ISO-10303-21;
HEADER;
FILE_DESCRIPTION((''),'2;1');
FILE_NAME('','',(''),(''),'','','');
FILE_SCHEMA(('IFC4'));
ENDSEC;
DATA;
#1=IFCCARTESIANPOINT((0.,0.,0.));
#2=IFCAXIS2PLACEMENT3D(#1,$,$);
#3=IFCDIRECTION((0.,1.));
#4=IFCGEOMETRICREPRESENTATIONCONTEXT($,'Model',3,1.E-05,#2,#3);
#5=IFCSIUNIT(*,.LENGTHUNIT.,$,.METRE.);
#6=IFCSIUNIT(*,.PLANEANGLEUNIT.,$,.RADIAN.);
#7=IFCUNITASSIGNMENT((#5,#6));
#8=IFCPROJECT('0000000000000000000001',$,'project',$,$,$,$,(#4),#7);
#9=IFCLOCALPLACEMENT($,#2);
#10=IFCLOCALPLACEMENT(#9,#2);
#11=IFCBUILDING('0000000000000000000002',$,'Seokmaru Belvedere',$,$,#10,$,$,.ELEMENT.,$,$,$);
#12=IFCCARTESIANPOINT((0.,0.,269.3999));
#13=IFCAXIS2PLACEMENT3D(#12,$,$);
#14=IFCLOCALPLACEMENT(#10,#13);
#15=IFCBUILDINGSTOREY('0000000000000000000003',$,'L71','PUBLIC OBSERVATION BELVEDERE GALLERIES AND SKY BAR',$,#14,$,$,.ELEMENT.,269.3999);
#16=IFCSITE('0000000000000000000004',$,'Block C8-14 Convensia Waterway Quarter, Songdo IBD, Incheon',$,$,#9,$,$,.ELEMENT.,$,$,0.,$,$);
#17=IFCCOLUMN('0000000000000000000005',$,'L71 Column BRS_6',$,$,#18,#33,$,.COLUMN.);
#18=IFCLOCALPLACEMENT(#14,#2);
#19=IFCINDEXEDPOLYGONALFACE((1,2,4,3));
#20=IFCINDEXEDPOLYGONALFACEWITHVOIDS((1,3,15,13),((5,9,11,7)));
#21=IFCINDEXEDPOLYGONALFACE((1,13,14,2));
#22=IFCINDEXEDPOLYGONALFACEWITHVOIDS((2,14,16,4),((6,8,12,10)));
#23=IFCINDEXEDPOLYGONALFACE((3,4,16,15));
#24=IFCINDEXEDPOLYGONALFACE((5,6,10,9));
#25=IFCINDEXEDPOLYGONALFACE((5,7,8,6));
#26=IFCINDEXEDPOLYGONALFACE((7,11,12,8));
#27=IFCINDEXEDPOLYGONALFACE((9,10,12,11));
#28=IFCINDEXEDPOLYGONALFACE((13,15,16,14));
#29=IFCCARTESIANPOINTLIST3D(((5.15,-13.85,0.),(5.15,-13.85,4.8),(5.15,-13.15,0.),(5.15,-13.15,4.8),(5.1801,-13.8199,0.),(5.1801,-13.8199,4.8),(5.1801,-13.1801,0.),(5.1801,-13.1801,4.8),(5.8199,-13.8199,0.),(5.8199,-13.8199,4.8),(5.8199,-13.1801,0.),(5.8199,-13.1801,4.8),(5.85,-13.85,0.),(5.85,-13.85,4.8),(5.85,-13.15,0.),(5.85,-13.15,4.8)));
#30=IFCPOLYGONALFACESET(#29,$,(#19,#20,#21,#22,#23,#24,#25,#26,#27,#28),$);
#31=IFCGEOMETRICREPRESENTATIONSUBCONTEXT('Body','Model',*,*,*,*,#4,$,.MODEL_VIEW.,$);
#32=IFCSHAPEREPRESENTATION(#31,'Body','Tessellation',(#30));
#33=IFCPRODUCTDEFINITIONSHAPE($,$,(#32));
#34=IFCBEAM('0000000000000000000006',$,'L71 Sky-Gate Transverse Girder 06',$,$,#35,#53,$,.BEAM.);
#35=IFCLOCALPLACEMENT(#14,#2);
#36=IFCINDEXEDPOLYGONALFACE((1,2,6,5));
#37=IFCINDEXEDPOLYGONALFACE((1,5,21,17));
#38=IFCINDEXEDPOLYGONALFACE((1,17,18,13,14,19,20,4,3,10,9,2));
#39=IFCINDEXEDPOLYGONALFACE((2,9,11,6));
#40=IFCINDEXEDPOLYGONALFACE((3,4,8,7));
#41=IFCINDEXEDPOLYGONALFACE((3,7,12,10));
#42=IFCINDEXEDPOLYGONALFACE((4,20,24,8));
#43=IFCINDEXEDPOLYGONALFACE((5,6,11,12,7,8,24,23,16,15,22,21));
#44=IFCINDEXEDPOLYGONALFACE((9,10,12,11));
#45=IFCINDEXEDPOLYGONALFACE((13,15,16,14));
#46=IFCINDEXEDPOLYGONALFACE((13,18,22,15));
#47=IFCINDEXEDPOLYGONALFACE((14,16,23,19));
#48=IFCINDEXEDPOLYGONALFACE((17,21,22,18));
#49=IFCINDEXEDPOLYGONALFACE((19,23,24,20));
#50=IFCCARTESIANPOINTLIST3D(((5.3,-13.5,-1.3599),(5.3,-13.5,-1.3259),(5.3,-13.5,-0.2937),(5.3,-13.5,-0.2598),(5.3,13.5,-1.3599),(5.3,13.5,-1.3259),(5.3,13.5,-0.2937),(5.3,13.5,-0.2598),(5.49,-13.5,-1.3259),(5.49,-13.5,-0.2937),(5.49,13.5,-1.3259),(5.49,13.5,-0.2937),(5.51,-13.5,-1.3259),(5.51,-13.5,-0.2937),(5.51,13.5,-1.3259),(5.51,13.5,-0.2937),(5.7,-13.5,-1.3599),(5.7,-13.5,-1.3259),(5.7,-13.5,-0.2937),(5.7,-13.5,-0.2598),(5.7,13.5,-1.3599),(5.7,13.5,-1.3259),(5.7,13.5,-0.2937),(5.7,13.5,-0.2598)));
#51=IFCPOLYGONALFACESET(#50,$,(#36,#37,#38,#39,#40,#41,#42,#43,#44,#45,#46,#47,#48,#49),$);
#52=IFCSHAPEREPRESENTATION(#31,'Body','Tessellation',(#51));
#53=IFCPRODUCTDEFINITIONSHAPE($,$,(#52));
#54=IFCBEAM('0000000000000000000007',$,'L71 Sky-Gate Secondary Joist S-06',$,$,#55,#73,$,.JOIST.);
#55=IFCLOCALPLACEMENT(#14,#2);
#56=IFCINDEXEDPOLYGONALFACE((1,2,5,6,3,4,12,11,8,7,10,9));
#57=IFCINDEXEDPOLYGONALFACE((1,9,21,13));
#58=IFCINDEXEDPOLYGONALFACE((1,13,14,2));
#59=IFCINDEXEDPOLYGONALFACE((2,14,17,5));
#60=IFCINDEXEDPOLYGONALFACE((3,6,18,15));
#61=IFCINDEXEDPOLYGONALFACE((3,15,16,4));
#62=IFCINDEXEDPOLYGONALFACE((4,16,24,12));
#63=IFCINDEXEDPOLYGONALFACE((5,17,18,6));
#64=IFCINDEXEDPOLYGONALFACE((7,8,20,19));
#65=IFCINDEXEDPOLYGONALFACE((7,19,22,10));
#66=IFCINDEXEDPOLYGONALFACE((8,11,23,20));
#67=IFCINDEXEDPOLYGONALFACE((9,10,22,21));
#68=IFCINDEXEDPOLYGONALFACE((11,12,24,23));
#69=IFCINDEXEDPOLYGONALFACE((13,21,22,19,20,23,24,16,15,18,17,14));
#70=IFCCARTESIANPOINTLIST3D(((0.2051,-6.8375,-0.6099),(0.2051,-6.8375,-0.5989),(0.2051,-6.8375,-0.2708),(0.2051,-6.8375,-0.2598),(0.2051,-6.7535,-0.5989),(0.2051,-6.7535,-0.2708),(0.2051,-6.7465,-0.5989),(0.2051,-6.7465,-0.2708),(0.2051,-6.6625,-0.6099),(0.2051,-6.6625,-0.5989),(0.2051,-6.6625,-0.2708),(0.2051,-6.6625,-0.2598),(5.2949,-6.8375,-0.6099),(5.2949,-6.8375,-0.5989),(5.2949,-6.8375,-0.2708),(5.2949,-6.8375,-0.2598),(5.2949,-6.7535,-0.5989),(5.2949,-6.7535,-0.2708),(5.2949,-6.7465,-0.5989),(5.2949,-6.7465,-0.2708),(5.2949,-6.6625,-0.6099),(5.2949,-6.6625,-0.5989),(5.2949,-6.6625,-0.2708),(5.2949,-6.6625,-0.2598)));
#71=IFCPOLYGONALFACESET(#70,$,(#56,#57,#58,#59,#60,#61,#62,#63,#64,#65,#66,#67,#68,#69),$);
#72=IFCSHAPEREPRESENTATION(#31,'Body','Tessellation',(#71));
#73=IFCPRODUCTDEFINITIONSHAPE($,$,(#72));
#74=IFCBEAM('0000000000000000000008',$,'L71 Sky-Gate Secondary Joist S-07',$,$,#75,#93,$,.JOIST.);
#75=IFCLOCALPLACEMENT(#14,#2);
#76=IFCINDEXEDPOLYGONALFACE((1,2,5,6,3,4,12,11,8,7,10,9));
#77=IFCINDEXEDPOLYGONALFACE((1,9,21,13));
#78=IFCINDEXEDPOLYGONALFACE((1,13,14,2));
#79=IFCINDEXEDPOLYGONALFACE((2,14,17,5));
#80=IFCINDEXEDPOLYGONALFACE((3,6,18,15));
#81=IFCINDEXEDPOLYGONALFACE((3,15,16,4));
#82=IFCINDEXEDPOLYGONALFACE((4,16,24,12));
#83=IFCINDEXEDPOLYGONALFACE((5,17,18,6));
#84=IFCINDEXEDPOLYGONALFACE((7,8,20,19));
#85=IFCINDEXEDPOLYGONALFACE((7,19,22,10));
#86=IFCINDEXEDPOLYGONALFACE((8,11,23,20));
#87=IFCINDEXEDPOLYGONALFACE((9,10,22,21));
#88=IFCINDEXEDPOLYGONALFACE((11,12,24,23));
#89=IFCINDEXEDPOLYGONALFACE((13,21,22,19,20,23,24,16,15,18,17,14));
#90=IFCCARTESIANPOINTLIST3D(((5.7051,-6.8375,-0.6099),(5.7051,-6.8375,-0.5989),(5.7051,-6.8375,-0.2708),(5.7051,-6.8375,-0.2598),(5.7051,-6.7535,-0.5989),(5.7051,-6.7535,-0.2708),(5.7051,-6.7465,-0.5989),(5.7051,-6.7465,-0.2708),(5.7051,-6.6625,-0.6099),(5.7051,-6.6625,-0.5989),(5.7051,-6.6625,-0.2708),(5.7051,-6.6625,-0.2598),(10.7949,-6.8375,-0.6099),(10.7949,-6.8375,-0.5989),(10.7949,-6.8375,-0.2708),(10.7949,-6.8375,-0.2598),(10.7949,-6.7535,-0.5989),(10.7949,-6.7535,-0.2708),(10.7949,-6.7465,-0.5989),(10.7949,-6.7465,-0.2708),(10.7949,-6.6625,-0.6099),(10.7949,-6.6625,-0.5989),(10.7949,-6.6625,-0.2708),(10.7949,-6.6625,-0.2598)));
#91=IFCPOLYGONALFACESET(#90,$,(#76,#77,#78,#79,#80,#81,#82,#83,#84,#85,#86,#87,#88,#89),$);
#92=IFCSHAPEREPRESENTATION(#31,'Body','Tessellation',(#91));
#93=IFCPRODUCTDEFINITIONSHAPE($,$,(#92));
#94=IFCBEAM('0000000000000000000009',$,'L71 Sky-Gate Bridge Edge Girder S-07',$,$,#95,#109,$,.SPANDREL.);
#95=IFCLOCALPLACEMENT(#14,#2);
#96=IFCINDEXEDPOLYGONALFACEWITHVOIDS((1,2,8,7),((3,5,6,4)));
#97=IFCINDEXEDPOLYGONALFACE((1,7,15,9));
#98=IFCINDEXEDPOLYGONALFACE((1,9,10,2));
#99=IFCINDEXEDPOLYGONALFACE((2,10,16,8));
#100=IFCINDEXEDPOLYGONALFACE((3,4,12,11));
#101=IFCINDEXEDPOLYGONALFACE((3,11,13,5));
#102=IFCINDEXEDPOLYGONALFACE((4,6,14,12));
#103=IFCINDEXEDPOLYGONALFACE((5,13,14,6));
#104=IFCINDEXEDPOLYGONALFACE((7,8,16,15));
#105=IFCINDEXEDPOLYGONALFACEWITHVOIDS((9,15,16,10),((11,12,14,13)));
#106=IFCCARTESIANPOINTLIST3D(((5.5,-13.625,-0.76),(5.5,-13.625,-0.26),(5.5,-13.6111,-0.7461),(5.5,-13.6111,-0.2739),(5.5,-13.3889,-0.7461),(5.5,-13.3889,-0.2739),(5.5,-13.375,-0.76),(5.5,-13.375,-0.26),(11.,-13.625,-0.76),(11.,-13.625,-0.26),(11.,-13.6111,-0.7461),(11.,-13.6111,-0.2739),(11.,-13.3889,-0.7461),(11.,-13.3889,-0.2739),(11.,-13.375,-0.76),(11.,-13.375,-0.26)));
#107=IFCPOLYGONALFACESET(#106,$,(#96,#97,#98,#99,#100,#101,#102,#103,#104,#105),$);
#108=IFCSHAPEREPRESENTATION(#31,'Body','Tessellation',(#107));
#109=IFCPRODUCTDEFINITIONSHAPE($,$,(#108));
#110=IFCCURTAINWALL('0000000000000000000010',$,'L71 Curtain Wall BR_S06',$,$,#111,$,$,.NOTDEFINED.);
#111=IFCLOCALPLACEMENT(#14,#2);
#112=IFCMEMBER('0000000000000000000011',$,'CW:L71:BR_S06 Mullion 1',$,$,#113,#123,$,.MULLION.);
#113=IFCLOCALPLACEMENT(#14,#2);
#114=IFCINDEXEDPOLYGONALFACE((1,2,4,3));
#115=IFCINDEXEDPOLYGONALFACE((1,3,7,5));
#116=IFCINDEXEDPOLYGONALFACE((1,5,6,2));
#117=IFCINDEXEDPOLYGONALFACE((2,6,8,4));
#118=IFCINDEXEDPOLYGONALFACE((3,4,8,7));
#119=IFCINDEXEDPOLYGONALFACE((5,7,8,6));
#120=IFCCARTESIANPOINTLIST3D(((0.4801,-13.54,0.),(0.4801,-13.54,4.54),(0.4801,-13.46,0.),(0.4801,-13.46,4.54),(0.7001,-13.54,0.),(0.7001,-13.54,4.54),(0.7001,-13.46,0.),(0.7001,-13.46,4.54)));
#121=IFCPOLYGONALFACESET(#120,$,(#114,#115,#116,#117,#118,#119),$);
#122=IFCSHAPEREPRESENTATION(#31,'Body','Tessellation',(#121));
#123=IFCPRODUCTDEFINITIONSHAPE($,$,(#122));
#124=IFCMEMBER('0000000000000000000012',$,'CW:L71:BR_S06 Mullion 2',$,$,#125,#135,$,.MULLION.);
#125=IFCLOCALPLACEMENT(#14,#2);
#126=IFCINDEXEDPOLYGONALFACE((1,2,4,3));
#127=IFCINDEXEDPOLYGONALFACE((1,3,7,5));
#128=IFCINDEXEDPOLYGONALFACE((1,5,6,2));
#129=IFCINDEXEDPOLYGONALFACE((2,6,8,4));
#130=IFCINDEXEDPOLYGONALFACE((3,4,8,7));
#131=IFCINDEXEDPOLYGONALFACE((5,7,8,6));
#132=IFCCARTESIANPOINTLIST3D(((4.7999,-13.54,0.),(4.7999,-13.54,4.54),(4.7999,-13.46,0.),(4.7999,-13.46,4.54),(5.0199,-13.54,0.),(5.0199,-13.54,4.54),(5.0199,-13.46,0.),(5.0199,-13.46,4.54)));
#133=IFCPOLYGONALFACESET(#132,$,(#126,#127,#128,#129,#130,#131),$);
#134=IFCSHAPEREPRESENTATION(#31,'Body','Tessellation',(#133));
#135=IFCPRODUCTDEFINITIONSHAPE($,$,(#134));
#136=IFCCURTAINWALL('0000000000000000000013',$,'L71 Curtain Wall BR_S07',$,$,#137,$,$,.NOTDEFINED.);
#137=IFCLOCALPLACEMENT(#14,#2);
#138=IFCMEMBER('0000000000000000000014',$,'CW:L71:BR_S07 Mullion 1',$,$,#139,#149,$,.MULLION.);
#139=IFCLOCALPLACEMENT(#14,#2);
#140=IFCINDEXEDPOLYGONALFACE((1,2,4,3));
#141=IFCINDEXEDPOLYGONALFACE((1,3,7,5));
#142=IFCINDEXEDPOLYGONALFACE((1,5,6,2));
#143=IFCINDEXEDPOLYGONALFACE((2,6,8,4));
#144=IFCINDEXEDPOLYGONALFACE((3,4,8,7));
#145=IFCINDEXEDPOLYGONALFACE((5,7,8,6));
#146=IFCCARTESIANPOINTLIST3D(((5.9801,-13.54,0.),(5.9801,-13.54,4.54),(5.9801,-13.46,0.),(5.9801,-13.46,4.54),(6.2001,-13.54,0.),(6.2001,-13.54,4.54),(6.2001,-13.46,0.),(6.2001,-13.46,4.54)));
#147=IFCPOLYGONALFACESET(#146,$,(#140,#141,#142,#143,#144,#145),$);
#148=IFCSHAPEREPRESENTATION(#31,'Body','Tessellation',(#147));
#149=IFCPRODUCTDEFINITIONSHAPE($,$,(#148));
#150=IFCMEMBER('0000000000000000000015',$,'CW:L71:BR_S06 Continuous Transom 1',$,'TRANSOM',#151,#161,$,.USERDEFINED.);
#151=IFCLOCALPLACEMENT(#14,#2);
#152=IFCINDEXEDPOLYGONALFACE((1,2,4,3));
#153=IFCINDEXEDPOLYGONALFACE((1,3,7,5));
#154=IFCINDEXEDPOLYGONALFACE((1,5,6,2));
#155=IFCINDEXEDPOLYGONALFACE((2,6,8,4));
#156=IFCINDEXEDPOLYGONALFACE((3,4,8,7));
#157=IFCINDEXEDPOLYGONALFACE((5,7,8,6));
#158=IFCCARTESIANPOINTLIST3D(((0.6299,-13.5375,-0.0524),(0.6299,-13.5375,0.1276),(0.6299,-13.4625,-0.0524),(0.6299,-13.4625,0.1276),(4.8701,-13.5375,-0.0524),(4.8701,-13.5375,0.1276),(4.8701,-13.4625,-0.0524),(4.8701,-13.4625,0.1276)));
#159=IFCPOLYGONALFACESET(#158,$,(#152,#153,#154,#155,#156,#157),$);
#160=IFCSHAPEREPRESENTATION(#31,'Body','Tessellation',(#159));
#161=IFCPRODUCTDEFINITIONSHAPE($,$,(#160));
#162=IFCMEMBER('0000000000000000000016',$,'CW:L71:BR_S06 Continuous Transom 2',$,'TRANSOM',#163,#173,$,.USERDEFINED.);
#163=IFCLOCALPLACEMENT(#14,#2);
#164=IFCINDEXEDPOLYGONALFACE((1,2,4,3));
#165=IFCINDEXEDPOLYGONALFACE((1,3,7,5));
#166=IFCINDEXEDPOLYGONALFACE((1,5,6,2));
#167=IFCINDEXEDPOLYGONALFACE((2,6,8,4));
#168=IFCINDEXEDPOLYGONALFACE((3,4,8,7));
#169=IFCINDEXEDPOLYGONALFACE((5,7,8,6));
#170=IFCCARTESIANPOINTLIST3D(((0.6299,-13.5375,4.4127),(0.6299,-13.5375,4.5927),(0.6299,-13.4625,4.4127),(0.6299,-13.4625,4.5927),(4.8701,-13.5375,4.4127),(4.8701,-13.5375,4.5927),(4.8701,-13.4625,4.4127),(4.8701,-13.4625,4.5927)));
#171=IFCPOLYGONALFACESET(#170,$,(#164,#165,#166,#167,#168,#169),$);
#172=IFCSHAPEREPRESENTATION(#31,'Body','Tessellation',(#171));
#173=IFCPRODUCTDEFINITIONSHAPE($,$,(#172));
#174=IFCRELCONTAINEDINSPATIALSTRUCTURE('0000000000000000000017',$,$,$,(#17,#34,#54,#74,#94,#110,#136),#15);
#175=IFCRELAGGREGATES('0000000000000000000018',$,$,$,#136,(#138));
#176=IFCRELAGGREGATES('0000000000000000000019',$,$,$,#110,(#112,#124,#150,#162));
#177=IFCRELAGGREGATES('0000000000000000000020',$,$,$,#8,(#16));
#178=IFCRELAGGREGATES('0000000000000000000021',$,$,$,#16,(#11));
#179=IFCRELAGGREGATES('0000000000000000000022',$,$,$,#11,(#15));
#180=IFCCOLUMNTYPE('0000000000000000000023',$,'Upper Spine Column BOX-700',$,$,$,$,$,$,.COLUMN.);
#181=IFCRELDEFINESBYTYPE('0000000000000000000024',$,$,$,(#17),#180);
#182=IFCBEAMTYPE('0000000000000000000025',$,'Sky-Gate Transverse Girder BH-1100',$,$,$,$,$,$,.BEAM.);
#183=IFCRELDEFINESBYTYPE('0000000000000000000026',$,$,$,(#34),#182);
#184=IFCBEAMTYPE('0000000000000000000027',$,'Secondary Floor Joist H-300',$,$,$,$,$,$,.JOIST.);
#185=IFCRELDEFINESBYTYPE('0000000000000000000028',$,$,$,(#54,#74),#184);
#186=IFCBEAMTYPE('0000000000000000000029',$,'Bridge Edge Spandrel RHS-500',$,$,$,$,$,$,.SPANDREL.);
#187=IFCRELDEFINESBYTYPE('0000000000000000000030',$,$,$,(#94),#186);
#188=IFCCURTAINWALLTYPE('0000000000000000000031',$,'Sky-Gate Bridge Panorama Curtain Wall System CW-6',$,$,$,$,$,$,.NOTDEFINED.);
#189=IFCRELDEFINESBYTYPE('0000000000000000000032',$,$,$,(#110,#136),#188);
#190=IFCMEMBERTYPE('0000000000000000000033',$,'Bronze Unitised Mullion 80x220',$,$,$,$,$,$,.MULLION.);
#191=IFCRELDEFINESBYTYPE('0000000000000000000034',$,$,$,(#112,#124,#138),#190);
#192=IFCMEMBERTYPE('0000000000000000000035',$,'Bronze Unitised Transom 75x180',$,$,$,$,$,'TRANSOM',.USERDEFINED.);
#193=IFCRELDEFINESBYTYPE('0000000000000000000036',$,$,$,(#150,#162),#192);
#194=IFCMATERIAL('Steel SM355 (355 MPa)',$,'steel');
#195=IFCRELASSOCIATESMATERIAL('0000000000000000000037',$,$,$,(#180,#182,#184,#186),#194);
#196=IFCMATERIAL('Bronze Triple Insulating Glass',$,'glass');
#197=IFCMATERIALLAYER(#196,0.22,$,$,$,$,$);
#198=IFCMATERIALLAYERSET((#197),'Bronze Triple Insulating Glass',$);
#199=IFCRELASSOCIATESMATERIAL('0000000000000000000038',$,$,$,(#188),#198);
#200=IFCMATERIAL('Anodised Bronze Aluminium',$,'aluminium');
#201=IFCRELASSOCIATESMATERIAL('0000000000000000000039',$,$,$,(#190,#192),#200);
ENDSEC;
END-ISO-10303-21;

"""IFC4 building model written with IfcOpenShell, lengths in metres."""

from ifc_helpers import new_model, si_unit, direction, frame, origin, origin_2d, place, context, subcontext, project, spatial, rectangle, hollow_rectangle, i_section, extrude, source, transform, mapped, material, layer, layer_set, material_profile, profile_set, type_object, type_shapes, element, aggregate, save


model = new_model("IFC4")

# Units and contexts
model_context = context("Model", 3, precision=1e-05, world=origin(), true_north=direction((0.0, 1.0)))
body_context = subcontext(model_context, "Body", "Model", "MODEL_VIEW")
ifc_project = project(units=[si_unit("LENGTHUNIT", "METRE"), si_unit("PLANEANGLEUNIT", "RADIAN")], contexts=[model_context])

# Site, building, storey
site_placement = place(None, origin())
site = spatial("IfcSite", under=ifc_project, at=site_placement, Name="Block C8-14 Convensia Waterway Quarter, Songdo IBD, Incheon", CompositionType="ELEMENT", RefElevation=0.0)
building_placement = place(site_placement, origin())
building = spatial("IfcBuilding", under=site, at=building_placement, Name="Seokmaru Belvedere", CompositionType="ELEMENT")
storey_placement = place(building_placement, frame((0.0, 0.0, 269.3999)))
storey = spatial("IfcBuildingStorey", under=building, at=storey_placement, Name="L71", Description="PUBLIC OBSERVATION BELVEDERE GALLERIES AND SKY BAR", CompositionType="ELEMENT", Elevation=269.3999)

# Column
ifc_material_1 = material(Name="Steel SM355 (355 MPa)", Category="steel")
ifc_material_profile_1 = material_profile(ifc_material_1, hollow_rectangle(XDim=0.7, YDim=0.7, WallThickness=0.03, at=origin_2d()), Name="BOX-700x700x30")
ifc_profile_set_1 = profile_set([ifc_material_profile_1], Name="Steel SM355 (355 MPa)")
column_type = type_object("IfcColumnType", Name="Upper Spine Column BOX-700", PredefinedType="COLUMN", material=ifc_profile_set_1)
shared_shape_1 = source(origin(), body_context, "Body", "SweptSolid", [
    extrude(hollow_rectangle(XDim=0.7, YDim=0.7, WallThickness=0.03, at=origin_2d()), origin(), (0.0, 0.0, 1.0), 4.8),
])
type_shapes(column_type, [shared_shape_1])
column_placement = place(storey_placement, frame((5.5, -13.5, 0.0), z_axis=(0.0, 0.0, 1.0), x_axis=(1.0, 0.0, 0.0)))
element("IfcColumn", 1, at=column_placement, inside=storey, type_object=column_type, Name="L71 Column BRS_6", PredefinedType="COLUMN", context=body_context, shape_type="MappedRepresentation", body=[
    mapped(shared_shape_1, transform((0.0, 0.0, 0.0), scale=1.0)),
])

# Beams
ifc_material_profile_2 = material_profile(ifc_material_1, i_section(OverallWidth=0.3999, OverallDepth=1.1001, WebThickness=0.02, FlangeThickness=0.0339, at=origin_2d()), Name="BH-1100x400x20x34")
ifc_profile_set_2 = profile_set([ifc_material_profile_2], Name="Steel SM355 (355 MPa)")
beam_type_1 = type_object("IfcBeamType", Name="Sky-Gate Transverse Girder BH-1100", PredefinedType="BEAM", material=ifc_profile_set_2)
shared_shape_2 = source(origin(), body_context, "Body", "SweptSolid", [
    extrude(i_section(OverallWidth=0.3999, OverallDepth=1.1001, WebThickness=0.02, FlangeThickness=0.0339, at=origin_2d()), origin(), (0.0, 0.0, 1.0), 27.0),
])
type_shapes(beam_type_1, [shared_shape_2])
beam_1_placement = place(storey_placement, frame((5.5, -13.5, -0.8098), z_axis=(0.0, 1.0, 0.0), x_axis=(-1.0, 0.0, 0.0)))
element("IfcBeam", 2, at=beam_1_placement, inside=storey, type_object=beam_type_1, Name="L71 Sky-Gate Transverse Girder 06", PredefinedType="BEAM", context=body_context, shape_type="MappedRepresentation", body=[
    mapped(shared_shape_2, transform((0.0, 0.0, 0.0), scale=1.0)),
])
ifc_material_profile_3 = material_profile(ifc_material_1, i_section(OverallWidth=0.175, OverallDepth=0.3501, WebThickness=0.0071, FlangeThickness=0.011, at=origin_2d()), Name="H-350x175x7x11")
ifc_profile_set_3 = profile_set([ifc_material_profile_3], Name="Steel SM355 (355 MPa)")
beam_type_2 = type_object("IfcBeamType", Name="Secondary Floor Joist H-300", PredefinedType="JOIST", material=ifc_profile_set_3)
shared_shape_3 = source(origin(), body_context, "Body", "SweptSolid", [
    extrude(i_section(OverallWidth=0.175, OverallDepth=0.3501, WebThickness=0.0071, FlangeThickness=0.011, at=origin_2d()), origin(), (0.0, 0.0, 1.0), 5.0898),
])
type_shapes(beam_type_2, [shared_shape_3])
for number, where, z_axis, x_axis, name in (
    (3, (0.2051, -6.75, -0.4348), (1.0, 0.0, 0.0), (0.0, 1.0, 0.0), "L71 Sky-Gate Secondary Joist S-06"),
    (4, (5.7051, -6.75, -0.4348), (1.0, 0.0, 0.0), (0.0, 1.0, 0.0), "L71 Sky-Gate Secondary Joist S-07"),
):
    element("IfcBeam", number, at=place(storey_placement, frame(where, z_axis=z_axis, x_axis=x_axis)), inside=storey, type_object=beam_type_2, Name=name, PredefinedType="JOIST", context=body_context, shape_type="MappedRepresentation", body=[
        mapped(shared_shape_3, transform((0.0, 0.0, 0.0), scale=1.0)),
    ])
ifc_material_profile_4 = material_profile(ifc_material_1, hollow_rectangle(XDim=0.25, YDim=0.5, WallThickness=0.0139, at=origin_2d()), Name="RHS-500x250x14")
ifc_profile_set_4 = profile_set([ifc_material_profile_4], Name="Steel SM355 (355 MPa)")
beam_type_3 = type_object("IfcBeamType", Name="Bridge Edge Spandrel RHS-500", PredefinedType="SPANDREL", material=ifc_profile_set_4)
shared_shape_4 = source(origin(), body_context, "Body", "SweptSolid", [
    extrude(hollow_rectangle(XDim=0.25, YDim=0.5, WallThickness=0.0139, at=origin_2d()), origin(), (0.0, 0.0, 1.0), 5.5),
])
type_shapes(beam_type_3, [shared_shape_4])
beam_2_placement = place(storey_placement, frame((5.5, -13.5, -0.51), z_axis=(1.0, 0.0, 0.0), x_axis=(0.0, 1.0, 0.0)))
element("IfcBeam", 5, at=beam_2_placement, inside=storey, type_object=beam_type_3, Name="L71 Sky-Gate Bridge Edge Girder S-07", PredefinedType="SPANDREL", context=body_context, shape_type="MappedRepresentation", body=[
    mapped(shared_shape_4, transform((0.0, 0.0, 0.0), scale=1.0)),
])

# Curtain wall, members
ifc_material_2 = material(Name="Bronze Triple Insulating Glass", Category="glass")
ifc_layer_1 = layer(ifc_material_2, 0.22)
ifc_layer_set_1 = layer_set([ifc_layer_1], Name="Bronze Triple Insulating Glass")
curtain_wall_type = type_object("IfcCurtainWallType", Name="Sky-Gate Bridge Panorama Curtain Wall System CW-6", PredefinedType="NOTDEFINED", material=ifc_layer_set_1)
curtain_wall_1_placement = place(storey_placement, origin())
curtain_wall_1 = element("IfcCurtainWall", 6, at=curtain_wall_1_placement, inside=storey, type_object=curtain_wall_type, Name="L71 Curtain Wall BR_S06", PredefinedType="NOTDEFINED")
ifc_material_3 = material(Name="Anodised Bronze Aluminium", Category="aluminium")
ifc_material_profile_5 = material_profile(ifc_material_3, rectangle(XDim=0.0801, YDim=0.22, at=origin_2d()), Name="CW-M-80x220")
ifc_profile_set_5 = profile_set([ifc_material_profile_5], Name="Anodised Bronze Aluminium")
member_type_1 = type_object("IfcMemberType", Name="Bronze Unitised Mullion 80x220", PredefinedType="MULLION", material=ifc_profile_set_5)
shared_shape_5 = source(origin(), body_context, "Body", "SweptSolid", [
    extrude(rectangle(XDim=0.0801, YDim=0.22, at=origin_2d()), origin(), (0.0, 0.0, 1.0), 4.54),
])
type_shapes(member_type_1, [shared_shape_5])
member_1_placement = place(storey_placement, frame((0.5901, -13.5, 0.0), z_axis=(0.0, 0.0, 1.0), x_axis=(0.0, 1.0, 0.0)))
member_1 = element("IfcMember", 7, at=member_1_placement, type_object=member_type_1, Name="CW:L71:BR_S06 Mullion 1", PredefinedType="MULLION", context=body_context, shape_type="MappedRepresentation", body=[
    mapped(shared_shape_5, transform((0.0, 0.0, 0.0), scale=1.0)),
])
member_2_placement = place(storey_placement, frame((4.9099, -13.5, 0.0), z_axis=(0.0, 0.0, 1.0), x_axis=(0.0, 1.0, 0.0)))
member_2 = element("IfcMember", 8, at=member_2_placement, type_object=member_type_1, Name="CW:L71:BR_S06 Mullion 2", PredefinedType="MULLION", context=body_context, shape_type="MappedRepresentation", body=[
    mapped(shared_shape_5, transform((0.0, 0.0, 0.0), scale=1.0)),
])

# Curtain wall, member
curtain_wall_2_placement = place(storey_placement, origin())
curtain_wall_2 = element("IfcCurtainWall", 9, at=curtain_wall_2_placement, inside=storey, type_object=curtain_wall_type, Name="L71 Curtain Wall BR_S07", PredefinedType="NOTDEFINED")
member_3_placement = place(storey_placement, frame((6.0901, -13.5, 0.0), z_axis=(0.0, 0.0, 1.0), x_axis=(0.0, 1.0, 0.0)))
member_3 = element("IfcMember", 10, at=member_3_placement, type_object=member_type_1, Name="CW:L71:BR_S07 Mullion 1", PredefinedType="MULLION", context=body_context, shape_type="MappedRepresentation", body=[
    mapped(shared_shape_5, transform((0.0, 0.0, 0.0), scale=1.0)),
])

# Members
ifc_material_profile_6 = material_profile(ifc_material_3, rectangle(XDim=0.075, YDim=0.1799, at=origin_2d()), Name="CW-T-75x180")
ifc_profile_set_6 = profile_set([ifc_material_profile_6], Name="Anodised Bronze Aluminium")
member_type_2 = type_object("IfcMemberType", Name="Bronze Unitised Transom 75x180", ElementType="TRANSOM", PredefinedType="USERDEFINED", material=ifc_profile_set_6)
shared_shape_6 = source(origin(), body_context, "Body", "SweptSolid", [
    extrude(rectangle(XDim=0.075, YDim=0.1799, at=origin_2d()), origin(), (0.0, 0.0, 1.0), 4.2402),
])
type_shapes(member_type_2, [shared_shape_6])
member_4_placement = place(storey_placement, frame((0.6299, -13.5, 0.0376), z_axis=(1.0, 0.0, 0.0), x_axis=(0.0, 1.0, 0.0)))
member_4 = element("IfcMember", 11, at=member_4_placement, type_object=member_type_2, Name="CW:L71:BR_S06 Continuous Transom 1", ObjectType="TRANSOM", PredefinedType="USERDEFINED", context=body_context, shape_type="MappedRepresentation", body=[
    mapped(shared_shape_6, transform((0.0, 0.0, 0.0), scale=1.0)),
])
member_5_placement = place(storey_placement, frame((0.6299, -13.5, 4.5027), z_axis=(1.0, 0.0, 0.0), x_axis=(0.0, 1.0, 0.0)))
member_5 = element("IfcMember", 12, at=member_5_placement, type_object=member_type_2, Name="CW:L71:BR_S06 Continuous Transom 2", ObjectType="TRANSOM", PredefinedType="USERDEFINED", context=body_context, shape_type="MappedRepresentation", body=[
    mapped(shared_shape_6, transform((0.0, 0.0, 0.0), scale=1.0)),
])

aggregate(curtain_wall_2, [member_3])
aggregate(curtain_wall_1, [member_1, member_2, member_4, member_5])

save(model, "model.ifc")
